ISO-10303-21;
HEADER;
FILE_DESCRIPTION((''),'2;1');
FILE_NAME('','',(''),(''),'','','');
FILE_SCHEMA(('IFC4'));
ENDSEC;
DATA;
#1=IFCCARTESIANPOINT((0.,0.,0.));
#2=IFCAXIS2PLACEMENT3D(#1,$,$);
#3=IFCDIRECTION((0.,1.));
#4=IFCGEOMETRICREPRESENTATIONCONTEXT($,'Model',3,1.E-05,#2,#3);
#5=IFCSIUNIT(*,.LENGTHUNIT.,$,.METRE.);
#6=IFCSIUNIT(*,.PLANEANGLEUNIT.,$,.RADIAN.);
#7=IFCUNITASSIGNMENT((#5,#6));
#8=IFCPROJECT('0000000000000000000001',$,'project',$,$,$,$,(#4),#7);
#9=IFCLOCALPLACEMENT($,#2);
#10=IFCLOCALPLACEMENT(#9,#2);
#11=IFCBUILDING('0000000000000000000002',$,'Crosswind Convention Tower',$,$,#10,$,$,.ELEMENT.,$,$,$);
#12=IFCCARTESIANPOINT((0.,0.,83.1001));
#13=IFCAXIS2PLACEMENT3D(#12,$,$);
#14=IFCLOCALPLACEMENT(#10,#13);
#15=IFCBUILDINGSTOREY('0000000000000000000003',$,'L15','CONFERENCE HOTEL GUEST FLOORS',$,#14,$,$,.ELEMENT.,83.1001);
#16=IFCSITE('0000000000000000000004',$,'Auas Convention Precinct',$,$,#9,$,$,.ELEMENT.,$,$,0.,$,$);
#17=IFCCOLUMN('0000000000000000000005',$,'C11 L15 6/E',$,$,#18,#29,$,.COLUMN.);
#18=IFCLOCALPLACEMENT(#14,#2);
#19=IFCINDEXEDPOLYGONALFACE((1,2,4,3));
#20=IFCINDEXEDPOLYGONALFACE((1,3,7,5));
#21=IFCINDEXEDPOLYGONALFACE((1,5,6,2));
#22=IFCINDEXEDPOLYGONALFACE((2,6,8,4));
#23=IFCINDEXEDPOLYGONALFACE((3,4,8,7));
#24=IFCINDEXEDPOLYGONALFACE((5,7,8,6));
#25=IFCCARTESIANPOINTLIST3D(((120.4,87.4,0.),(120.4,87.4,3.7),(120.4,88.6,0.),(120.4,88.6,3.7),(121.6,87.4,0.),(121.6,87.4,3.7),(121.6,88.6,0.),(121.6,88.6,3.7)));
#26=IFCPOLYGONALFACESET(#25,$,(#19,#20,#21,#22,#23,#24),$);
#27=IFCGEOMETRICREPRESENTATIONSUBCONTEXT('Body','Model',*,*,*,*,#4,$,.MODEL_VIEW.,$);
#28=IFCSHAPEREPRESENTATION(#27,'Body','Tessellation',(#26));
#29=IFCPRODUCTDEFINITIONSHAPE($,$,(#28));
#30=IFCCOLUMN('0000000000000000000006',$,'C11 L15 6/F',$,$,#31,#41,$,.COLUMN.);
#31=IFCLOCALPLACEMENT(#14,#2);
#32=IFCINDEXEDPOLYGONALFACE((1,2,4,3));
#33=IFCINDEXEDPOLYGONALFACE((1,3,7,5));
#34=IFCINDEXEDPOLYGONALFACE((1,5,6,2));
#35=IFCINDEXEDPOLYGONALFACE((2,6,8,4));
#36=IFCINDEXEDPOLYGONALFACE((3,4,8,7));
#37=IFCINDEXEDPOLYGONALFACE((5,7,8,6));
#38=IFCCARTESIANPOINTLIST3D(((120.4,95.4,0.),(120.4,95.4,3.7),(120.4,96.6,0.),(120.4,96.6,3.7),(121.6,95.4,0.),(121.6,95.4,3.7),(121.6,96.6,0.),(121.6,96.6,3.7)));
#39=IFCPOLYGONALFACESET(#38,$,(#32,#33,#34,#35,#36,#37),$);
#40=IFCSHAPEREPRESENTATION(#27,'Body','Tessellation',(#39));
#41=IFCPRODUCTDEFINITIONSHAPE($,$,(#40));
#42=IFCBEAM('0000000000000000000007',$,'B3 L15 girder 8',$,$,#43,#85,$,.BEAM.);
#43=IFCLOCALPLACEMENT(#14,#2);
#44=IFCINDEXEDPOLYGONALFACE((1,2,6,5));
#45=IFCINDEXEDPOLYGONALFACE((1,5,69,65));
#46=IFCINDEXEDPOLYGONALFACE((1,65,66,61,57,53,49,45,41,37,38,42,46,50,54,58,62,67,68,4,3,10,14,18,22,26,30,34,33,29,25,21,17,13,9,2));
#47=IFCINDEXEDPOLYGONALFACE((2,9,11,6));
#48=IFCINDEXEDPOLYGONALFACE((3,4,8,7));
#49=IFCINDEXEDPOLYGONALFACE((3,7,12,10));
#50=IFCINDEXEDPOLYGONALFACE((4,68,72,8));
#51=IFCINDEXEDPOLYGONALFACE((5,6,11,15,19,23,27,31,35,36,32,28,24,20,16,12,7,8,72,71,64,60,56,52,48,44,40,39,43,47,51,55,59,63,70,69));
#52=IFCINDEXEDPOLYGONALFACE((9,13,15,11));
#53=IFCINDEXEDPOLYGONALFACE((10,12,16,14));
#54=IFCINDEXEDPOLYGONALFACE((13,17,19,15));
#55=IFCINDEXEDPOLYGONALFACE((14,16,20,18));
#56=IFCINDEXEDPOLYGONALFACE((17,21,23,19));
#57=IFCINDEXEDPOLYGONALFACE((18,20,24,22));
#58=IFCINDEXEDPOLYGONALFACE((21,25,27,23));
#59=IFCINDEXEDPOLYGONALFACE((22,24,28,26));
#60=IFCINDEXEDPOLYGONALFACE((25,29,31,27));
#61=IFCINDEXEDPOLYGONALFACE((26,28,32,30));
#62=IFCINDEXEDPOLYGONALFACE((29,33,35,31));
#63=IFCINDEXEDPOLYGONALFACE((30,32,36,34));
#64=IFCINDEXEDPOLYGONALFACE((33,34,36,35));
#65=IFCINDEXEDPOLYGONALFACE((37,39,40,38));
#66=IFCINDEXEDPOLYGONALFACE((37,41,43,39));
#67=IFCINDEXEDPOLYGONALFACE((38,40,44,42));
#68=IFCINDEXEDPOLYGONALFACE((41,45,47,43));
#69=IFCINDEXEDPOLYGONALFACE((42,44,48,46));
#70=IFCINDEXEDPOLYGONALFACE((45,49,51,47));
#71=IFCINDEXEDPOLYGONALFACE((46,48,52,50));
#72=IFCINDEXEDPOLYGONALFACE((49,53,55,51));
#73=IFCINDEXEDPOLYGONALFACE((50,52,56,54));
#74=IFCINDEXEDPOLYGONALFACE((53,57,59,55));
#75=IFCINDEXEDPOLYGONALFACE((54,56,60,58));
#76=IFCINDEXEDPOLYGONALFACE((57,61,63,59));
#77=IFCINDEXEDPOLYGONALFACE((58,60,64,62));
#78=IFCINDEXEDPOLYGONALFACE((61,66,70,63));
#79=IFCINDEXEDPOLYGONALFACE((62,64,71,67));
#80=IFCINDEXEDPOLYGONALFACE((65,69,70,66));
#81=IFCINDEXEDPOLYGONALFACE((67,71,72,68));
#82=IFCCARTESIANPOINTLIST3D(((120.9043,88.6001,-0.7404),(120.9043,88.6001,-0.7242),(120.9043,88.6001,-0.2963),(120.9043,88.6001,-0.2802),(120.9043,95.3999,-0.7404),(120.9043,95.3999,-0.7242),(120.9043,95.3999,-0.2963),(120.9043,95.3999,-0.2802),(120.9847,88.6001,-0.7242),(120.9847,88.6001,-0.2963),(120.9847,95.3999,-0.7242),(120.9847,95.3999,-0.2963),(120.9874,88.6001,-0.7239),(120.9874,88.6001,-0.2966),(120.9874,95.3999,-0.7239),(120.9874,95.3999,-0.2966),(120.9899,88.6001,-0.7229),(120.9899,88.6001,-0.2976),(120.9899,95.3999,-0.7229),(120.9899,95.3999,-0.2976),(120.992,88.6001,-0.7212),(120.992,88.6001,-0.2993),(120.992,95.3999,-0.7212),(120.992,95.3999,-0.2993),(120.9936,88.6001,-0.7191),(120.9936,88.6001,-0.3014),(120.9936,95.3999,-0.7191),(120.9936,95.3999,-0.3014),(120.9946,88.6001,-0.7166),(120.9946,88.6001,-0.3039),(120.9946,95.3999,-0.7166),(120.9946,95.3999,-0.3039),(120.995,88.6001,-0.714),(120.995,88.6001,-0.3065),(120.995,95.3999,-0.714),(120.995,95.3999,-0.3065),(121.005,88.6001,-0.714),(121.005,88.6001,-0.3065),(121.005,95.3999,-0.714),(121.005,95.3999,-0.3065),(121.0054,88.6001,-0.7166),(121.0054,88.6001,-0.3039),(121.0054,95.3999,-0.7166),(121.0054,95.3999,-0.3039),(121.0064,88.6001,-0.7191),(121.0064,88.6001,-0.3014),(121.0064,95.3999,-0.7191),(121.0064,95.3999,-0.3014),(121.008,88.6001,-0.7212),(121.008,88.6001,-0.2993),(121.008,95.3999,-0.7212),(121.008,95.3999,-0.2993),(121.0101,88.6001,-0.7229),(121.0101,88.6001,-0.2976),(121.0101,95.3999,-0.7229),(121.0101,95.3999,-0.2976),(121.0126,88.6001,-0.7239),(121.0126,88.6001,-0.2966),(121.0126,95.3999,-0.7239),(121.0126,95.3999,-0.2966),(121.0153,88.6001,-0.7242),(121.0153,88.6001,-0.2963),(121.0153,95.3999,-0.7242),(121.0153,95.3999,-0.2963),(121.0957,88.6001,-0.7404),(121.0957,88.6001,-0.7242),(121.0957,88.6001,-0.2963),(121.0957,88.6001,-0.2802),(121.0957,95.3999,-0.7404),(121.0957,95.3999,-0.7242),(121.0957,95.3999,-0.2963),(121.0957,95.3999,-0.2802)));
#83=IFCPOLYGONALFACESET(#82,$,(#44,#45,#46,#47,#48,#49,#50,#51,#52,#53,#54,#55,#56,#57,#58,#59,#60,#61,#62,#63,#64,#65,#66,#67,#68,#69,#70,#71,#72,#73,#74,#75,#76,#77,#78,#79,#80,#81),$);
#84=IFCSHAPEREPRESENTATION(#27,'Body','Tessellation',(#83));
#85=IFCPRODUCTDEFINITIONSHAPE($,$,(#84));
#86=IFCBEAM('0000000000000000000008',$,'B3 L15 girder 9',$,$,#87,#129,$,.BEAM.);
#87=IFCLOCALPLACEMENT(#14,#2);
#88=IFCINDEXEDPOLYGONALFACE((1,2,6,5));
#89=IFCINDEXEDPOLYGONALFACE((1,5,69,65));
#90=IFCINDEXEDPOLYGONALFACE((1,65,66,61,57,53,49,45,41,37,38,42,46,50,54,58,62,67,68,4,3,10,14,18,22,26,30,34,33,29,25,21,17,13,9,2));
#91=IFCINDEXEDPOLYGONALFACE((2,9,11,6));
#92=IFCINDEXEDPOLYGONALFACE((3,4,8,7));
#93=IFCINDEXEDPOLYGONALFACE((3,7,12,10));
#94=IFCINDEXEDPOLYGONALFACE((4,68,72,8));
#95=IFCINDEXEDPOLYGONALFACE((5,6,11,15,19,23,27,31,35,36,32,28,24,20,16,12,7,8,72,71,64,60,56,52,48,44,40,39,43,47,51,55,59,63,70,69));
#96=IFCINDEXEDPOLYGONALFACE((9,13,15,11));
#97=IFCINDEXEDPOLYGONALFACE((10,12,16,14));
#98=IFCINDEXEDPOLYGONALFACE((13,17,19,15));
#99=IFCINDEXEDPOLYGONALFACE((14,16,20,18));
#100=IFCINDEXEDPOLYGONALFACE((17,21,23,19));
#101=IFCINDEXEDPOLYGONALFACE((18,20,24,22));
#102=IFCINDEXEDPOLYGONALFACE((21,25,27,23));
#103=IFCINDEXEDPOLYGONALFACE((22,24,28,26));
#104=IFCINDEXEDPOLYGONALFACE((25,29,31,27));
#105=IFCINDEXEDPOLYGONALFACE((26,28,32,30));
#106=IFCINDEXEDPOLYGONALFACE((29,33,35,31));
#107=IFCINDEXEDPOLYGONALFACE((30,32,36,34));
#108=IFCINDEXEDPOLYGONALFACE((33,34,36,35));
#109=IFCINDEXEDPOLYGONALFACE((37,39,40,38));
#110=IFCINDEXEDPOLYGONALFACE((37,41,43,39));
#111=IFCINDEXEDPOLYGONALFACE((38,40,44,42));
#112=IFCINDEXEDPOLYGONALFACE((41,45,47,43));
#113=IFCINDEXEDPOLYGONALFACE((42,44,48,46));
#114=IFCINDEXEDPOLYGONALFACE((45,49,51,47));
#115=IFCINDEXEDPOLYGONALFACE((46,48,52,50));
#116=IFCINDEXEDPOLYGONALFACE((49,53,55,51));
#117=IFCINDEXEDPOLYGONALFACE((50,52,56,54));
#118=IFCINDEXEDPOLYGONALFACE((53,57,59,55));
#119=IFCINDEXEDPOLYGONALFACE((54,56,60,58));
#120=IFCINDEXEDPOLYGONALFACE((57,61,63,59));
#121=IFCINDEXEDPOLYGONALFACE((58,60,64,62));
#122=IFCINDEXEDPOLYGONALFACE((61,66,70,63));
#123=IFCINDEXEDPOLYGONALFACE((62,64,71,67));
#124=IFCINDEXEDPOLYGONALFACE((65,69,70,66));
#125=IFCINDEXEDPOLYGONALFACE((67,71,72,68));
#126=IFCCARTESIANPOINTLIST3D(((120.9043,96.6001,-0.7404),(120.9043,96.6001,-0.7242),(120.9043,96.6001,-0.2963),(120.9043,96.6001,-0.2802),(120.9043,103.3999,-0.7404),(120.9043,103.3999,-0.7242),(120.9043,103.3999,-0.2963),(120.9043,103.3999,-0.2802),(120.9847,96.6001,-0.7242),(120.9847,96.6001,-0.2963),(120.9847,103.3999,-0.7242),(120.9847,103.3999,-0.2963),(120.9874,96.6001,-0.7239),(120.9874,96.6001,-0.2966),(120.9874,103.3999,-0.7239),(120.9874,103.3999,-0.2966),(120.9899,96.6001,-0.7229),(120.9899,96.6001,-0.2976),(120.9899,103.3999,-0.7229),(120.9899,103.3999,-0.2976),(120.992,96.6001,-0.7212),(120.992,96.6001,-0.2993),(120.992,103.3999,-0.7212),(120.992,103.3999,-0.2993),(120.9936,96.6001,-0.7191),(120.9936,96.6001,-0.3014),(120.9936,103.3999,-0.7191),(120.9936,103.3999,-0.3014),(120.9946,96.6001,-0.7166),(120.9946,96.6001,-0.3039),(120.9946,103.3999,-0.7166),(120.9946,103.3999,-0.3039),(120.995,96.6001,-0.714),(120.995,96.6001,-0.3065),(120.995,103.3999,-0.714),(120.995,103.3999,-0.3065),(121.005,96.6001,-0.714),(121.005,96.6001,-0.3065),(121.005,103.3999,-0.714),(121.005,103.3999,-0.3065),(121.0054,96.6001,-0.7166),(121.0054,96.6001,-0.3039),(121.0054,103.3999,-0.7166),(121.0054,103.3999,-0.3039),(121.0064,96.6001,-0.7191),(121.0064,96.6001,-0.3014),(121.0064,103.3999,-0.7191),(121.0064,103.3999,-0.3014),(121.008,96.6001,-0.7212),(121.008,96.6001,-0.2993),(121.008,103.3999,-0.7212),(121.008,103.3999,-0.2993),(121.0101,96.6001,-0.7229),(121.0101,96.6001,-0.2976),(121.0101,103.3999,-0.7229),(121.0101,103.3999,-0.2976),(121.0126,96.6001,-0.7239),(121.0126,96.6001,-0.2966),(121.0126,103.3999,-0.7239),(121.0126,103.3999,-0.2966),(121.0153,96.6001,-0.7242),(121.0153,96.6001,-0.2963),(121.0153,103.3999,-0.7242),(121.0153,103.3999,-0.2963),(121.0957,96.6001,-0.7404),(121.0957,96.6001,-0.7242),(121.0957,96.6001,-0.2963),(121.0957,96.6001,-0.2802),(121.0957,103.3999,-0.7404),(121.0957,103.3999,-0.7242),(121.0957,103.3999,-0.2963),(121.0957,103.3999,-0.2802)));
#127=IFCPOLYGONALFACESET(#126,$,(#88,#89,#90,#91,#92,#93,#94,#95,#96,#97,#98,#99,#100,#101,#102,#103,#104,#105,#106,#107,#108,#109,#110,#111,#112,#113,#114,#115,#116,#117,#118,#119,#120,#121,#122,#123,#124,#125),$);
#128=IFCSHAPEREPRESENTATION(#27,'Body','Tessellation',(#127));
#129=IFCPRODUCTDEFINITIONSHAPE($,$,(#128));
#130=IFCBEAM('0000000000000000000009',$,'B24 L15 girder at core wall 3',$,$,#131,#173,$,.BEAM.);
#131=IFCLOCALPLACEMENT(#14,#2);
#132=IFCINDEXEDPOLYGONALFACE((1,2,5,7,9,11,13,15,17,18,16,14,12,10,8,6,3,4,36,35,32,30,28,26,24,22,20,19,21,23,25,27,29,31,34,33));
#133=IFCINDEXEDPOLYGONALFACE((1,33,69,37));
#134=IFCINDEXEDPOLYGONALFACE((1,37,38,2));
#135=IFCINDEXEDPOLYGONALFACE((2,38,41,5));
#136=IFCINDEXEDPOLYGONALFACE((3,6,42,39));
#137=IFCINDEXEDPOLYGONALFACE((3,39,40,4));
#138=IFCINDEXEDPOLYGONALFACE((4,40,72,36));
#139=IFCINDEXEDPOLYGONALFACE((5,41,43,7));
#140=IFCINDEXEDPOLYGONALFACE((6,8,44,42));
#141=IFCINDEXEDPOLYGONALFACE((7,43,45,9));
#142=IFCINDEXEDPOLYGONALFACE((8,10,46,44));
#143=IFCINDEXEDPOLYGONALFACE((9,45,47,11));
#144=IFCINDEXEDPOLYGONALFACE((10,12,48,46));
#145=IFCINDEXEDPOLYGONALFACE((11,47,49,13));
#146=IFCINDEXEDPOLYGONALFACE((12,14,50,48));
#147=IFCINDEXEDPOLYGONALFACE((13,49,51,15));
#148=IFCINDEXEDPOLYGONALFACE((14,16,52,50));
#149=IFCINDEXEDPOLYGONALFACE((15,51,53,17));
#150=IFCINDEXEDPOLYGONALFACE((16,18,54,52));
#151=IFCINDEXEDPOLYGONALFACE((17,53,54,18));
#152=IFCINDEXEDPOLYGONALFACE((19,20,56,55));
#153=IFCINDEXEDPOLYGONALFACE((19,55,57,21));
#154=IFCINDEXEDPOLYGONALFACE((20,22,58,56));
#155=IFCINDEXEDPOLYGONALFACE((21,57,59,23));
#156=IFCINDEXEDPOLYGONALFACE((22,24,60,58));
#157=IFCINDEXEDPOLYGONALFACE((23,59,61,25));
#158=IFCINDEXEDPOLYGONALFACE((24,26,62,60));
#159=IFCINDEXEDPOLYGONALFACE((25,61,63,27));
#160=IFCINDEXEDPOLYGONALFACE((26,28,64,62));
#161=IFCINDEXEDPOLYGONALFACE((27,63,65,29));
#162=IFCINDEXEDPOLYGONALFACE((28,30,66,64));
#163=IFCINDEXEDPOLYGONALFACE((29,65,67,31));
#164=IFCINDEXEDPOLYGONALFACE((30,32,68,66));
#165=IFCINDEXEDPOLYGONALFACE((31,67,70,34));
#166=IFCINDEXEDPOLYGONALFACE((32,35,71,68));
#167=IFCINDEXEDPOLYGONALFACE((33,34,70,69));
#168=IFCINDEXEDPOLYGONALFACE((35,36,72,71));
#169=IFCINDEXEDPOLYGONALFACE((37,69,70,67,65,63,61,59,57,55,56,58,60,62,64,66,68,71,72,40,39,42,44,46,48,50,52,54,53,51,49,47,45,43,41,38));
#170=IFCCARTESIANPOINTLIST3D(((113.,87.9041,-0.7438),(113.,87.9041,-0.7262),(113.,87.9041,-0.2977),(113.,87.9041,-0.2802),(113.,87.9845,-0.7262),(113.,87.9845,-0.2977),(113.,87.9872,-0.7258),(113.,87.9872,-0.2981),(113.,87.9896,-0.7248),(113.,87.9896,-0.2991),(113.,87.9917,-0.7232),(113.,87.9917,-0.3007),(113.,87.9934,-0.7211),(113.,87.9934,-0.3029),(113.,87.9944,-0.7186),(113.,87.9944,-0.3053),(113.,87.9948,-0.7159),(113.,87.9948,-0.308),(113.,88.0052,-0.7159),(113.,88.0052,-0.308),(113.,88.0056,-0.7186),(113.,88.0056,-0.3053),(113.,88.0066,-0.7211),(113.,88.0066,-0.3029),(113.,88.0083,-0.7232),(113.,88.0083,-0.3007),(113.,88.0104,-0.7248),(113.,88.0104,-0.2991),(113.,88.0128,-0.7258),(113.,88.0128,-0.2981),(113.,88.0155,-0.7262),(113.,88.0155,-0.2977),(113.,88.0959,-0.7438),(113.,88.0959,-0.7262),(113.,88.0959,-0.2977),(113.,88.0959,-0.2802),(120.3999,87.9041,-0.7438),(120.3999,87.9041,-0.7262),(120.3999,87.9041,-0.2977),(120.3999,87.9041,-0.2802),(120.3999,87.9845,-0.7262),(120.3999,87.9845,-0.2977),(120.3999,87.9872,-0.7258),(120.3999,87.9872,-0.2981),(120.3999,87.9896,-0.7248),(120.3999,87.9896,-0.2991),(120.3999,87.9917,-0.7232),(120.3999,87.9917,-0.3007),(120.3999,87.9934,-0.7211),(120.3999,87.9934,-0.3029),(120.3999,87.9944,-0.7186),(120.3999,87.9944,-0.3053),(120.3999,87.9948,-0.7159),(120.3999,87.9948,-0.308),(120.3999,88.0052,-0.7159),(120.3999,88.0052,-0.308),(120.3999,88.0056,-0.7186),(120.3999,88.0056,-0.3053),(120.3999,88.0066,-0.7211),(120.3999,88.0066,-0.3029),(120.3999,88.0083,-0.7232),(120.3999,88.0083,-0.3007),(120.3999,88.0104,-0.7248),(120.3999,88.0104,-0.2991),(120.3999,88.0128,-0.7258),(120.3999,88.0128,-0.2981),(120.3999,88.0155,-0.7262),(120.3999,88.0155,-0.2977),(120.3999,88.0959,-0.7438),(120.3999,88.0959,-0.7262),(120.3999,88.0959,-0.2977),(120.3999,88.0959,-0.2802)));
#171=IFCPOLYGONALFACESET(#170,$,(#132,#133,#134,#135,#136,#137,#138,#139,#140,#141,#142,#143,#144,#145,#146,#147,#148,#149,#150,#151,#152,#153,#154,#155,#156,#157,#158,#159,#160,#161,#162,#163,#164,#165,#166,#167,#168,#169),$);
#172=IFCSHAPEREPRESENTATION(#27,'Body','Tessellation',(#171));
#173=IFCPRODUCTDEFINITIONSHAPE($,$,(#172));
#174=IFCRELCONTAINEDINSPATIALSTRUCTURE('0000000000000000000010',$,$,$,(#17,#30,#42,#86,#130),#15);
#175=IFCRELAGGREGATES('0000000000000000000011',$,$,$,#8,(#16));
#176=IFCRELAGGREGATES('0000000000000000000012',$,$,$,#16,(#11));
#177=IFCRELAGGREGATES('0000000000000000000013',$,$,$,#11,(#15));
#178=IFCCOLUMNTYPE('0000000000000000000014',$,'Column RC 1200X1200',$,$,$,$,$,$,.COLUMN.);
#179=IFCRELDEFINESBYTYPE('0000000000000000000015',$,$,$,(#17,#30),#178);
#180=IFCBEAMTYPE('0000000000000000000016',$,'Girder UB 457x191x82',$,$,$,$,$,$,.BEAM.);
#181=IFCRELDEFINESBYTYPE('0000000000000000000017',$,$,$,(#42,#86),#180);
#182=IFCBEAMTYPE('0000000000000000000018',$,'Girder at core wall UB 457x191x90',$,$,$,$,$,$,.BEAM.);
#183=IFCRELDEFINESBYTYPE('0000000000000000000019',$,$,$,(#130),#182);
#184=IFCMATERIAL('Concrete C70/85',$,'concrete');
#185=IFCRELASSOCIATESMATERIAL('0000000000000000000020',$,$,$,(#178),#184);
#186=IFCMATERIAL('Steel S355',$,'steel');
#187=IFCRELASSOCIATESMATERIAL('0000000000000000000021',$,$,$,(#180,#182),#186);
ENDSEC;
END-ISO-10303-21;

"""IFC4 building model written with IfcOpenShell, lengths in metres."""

from ifc_helpers import new_model, si_unit, direction, frame, origin, origin_2d, place, context, subcontext, project, spatial, rectangle, i_section, extrude, material, material_profile, profile_set, type_object, element, save


model = new_model("IFC4")

# Units and contexts
model_context = context("Model", 3, precision=1e-05, world=origin(), true_north=direction((0.0, 1.0)))
body_context = subcontext(model_context, "Body", "Model", "MODEL_VIEW")
ifc_project = project(units=[si_unit("LENGTHUNIT", "METRE"), si_unit("PLANEANGLEUNIT", "RADIAN")], contexts=[model_context])

# Site, building, storey
site_placement = place(None, origin())
site = spatial("IfcSite", under=ifc_project, at=site_placement, Name="Auas Convention Precinct", CompositionType="ELEMENT", RefElevation=0.0)
building_placement = place(site_placement, origin())
building = spatial("IfcBuilding", under=site, at=building_placement, Name="Crosswind Convention Tower", CompositionType="ELEMENT")
storey_placement = place(building_placement, frame((0.0, 0.0, 83.1001)))
storey = spatial("IfcBuildingStorey", under=building, at=storey_placement, Name="L15", Description="CONFERENCE HOTEL GUEST FLOORS", CompositionType="ELEMENT", Elevation=83.1001)

# Columns
ifc_material_1 = material(Name="Concrete C70/85", Category="concrete")
ifc_material_profile_1 = material_profile(ifc_material_1, rectangle(XDim=1.2, YDim=1.2, at=origin_2d()), Name="RC 1200X1200")
ifc_profile_set_1 = profile_set([ifc_material_profile_1], Name="Concrete C70/85")
column_type = type_object("IfcColumnType", Name="Column RC 1200X1200", PredefinedType="COLUMN", material=ifc_profile_set_1)
for number, where, z_axis, x_axis, name in (
    (1, (121.0, 88.0, 0.0), (0.0, 0.0, 1.0), (1.0, 0.0, 0.0), "C11 L15 6/E"),
    (2, (121.0, 96.0, 0.0), (0.0, 0.0, 1.0), (1.0, 0.0, 0.0), "C11 L15 6/F"),
):
    element("IfcColumn", number, at=place(storey_placement, frame(where, z_axis=z_axis, x_axis=x_axis)), inside=storey, type_object=column_type, Name=name, PredefinedType="COLUMN", context=body_context, shape_type="SweptSolid", body=[
        extrude(rectangle(XDim=1.2, YDim=1.2, at=origin_2d()), origin(), (0.0, 0.0, 1.0), 3.7),
    ])

# Beams
ifc_material_2 = material(Name="Steel S355", Category="steel")
ifc_material_profile_2 = material_profile(ifc_material_2, i_section(OverallWidth=0.1914, OverallDepth=0.4602, WebThickness=0.01, FlangeThickness=0.0161, FilletRadius=0.0103, at=origin_2d()), Name="UB 457x191x82")
ifc_profile_set_2 = profile_set([ifc_material_profile_2], Name="Steel S355")
beam_type_1 = type_object("IfcBeamType", Name="Girder UB 457x191x82", PredefinedType="BEAM", material=ifc_profile_set_2)
for number, where, z_axis, x_axis, name in (
    (3, (121.0, 88.6001, -0.5103), (0.0, 1.0, 0.0), (-1.0, 0.0, 0.0), "B3 L15 girder 8"),
    (4, (121.0, 96.6001, -0.5103), (0.0, 1.0, 0.0), (-1.0, 0.0, 0.0), "B3 L15 girder 9"),
):
    element("IfcBeam", number, at=place(storey_placement, frame(where, z_axis=z_axis, x_axis=x_axis)), inside=storey, type_object=beam_type_1, Name=name, PredefinedType="BEAM", context=body_context, shape_type="SweptSolid", body=[
        extrude(i_section(OverallWidth=0.1914, OverallDepth=0.4602, WebThickness=0.01, FlangeThickness=0.0161, FilletRadius=0.0103, at=origin_2d()), origin(), (0.0, 0.0, 1.0), 6.7998),
    ])
ifc_material_profile_3 = material_profile(ifc_material_2, i_section(OverallWidth=0.1919, OverallDepth=0.4636, WebThickness=0.0105, FlangeThickness=0.0176, FilletRadius=0.0103, at=origin_2d()), Name="UB 457x191x90")
ifc_profile_set_3 = profile_set([ifc_material_profile_3], Name="Steel S355")
beam_type_2 = type_object("IfcBeamType", Name="Girder at core wall UB 457x191x90", PredefinedType="BEAM", material=ifc_profile_set_3)
for number, where, z_axis, x_axis, name in (
    (5, (113.0, 88.0, -0.512), (1.0, 0.0, 0.0), (0.0, 1.0, 0.0), "B24 L15 girder at core wall 3"),
):
    element("IfcBeam", number, at=place(storey_placement, frame(where, z_axis=z_axis, x_axis=x_axis)), inside=storey, type_object=beam_type_2, Name=name, PredefinedType="BEAM", context=body_context, shape_type="SweptSolid", body=[
        extrude(i_section(OverallWidth=0.1919, OverallDepth=0.4636, WebThickness=0.0105, FlangeThickness=0.0176, FilletRadius=0.0103, at=origin_2d()), origin(), (0.0, 0.0, 1.0), 7.3999),
    ])

save(model, "model.ifc")
